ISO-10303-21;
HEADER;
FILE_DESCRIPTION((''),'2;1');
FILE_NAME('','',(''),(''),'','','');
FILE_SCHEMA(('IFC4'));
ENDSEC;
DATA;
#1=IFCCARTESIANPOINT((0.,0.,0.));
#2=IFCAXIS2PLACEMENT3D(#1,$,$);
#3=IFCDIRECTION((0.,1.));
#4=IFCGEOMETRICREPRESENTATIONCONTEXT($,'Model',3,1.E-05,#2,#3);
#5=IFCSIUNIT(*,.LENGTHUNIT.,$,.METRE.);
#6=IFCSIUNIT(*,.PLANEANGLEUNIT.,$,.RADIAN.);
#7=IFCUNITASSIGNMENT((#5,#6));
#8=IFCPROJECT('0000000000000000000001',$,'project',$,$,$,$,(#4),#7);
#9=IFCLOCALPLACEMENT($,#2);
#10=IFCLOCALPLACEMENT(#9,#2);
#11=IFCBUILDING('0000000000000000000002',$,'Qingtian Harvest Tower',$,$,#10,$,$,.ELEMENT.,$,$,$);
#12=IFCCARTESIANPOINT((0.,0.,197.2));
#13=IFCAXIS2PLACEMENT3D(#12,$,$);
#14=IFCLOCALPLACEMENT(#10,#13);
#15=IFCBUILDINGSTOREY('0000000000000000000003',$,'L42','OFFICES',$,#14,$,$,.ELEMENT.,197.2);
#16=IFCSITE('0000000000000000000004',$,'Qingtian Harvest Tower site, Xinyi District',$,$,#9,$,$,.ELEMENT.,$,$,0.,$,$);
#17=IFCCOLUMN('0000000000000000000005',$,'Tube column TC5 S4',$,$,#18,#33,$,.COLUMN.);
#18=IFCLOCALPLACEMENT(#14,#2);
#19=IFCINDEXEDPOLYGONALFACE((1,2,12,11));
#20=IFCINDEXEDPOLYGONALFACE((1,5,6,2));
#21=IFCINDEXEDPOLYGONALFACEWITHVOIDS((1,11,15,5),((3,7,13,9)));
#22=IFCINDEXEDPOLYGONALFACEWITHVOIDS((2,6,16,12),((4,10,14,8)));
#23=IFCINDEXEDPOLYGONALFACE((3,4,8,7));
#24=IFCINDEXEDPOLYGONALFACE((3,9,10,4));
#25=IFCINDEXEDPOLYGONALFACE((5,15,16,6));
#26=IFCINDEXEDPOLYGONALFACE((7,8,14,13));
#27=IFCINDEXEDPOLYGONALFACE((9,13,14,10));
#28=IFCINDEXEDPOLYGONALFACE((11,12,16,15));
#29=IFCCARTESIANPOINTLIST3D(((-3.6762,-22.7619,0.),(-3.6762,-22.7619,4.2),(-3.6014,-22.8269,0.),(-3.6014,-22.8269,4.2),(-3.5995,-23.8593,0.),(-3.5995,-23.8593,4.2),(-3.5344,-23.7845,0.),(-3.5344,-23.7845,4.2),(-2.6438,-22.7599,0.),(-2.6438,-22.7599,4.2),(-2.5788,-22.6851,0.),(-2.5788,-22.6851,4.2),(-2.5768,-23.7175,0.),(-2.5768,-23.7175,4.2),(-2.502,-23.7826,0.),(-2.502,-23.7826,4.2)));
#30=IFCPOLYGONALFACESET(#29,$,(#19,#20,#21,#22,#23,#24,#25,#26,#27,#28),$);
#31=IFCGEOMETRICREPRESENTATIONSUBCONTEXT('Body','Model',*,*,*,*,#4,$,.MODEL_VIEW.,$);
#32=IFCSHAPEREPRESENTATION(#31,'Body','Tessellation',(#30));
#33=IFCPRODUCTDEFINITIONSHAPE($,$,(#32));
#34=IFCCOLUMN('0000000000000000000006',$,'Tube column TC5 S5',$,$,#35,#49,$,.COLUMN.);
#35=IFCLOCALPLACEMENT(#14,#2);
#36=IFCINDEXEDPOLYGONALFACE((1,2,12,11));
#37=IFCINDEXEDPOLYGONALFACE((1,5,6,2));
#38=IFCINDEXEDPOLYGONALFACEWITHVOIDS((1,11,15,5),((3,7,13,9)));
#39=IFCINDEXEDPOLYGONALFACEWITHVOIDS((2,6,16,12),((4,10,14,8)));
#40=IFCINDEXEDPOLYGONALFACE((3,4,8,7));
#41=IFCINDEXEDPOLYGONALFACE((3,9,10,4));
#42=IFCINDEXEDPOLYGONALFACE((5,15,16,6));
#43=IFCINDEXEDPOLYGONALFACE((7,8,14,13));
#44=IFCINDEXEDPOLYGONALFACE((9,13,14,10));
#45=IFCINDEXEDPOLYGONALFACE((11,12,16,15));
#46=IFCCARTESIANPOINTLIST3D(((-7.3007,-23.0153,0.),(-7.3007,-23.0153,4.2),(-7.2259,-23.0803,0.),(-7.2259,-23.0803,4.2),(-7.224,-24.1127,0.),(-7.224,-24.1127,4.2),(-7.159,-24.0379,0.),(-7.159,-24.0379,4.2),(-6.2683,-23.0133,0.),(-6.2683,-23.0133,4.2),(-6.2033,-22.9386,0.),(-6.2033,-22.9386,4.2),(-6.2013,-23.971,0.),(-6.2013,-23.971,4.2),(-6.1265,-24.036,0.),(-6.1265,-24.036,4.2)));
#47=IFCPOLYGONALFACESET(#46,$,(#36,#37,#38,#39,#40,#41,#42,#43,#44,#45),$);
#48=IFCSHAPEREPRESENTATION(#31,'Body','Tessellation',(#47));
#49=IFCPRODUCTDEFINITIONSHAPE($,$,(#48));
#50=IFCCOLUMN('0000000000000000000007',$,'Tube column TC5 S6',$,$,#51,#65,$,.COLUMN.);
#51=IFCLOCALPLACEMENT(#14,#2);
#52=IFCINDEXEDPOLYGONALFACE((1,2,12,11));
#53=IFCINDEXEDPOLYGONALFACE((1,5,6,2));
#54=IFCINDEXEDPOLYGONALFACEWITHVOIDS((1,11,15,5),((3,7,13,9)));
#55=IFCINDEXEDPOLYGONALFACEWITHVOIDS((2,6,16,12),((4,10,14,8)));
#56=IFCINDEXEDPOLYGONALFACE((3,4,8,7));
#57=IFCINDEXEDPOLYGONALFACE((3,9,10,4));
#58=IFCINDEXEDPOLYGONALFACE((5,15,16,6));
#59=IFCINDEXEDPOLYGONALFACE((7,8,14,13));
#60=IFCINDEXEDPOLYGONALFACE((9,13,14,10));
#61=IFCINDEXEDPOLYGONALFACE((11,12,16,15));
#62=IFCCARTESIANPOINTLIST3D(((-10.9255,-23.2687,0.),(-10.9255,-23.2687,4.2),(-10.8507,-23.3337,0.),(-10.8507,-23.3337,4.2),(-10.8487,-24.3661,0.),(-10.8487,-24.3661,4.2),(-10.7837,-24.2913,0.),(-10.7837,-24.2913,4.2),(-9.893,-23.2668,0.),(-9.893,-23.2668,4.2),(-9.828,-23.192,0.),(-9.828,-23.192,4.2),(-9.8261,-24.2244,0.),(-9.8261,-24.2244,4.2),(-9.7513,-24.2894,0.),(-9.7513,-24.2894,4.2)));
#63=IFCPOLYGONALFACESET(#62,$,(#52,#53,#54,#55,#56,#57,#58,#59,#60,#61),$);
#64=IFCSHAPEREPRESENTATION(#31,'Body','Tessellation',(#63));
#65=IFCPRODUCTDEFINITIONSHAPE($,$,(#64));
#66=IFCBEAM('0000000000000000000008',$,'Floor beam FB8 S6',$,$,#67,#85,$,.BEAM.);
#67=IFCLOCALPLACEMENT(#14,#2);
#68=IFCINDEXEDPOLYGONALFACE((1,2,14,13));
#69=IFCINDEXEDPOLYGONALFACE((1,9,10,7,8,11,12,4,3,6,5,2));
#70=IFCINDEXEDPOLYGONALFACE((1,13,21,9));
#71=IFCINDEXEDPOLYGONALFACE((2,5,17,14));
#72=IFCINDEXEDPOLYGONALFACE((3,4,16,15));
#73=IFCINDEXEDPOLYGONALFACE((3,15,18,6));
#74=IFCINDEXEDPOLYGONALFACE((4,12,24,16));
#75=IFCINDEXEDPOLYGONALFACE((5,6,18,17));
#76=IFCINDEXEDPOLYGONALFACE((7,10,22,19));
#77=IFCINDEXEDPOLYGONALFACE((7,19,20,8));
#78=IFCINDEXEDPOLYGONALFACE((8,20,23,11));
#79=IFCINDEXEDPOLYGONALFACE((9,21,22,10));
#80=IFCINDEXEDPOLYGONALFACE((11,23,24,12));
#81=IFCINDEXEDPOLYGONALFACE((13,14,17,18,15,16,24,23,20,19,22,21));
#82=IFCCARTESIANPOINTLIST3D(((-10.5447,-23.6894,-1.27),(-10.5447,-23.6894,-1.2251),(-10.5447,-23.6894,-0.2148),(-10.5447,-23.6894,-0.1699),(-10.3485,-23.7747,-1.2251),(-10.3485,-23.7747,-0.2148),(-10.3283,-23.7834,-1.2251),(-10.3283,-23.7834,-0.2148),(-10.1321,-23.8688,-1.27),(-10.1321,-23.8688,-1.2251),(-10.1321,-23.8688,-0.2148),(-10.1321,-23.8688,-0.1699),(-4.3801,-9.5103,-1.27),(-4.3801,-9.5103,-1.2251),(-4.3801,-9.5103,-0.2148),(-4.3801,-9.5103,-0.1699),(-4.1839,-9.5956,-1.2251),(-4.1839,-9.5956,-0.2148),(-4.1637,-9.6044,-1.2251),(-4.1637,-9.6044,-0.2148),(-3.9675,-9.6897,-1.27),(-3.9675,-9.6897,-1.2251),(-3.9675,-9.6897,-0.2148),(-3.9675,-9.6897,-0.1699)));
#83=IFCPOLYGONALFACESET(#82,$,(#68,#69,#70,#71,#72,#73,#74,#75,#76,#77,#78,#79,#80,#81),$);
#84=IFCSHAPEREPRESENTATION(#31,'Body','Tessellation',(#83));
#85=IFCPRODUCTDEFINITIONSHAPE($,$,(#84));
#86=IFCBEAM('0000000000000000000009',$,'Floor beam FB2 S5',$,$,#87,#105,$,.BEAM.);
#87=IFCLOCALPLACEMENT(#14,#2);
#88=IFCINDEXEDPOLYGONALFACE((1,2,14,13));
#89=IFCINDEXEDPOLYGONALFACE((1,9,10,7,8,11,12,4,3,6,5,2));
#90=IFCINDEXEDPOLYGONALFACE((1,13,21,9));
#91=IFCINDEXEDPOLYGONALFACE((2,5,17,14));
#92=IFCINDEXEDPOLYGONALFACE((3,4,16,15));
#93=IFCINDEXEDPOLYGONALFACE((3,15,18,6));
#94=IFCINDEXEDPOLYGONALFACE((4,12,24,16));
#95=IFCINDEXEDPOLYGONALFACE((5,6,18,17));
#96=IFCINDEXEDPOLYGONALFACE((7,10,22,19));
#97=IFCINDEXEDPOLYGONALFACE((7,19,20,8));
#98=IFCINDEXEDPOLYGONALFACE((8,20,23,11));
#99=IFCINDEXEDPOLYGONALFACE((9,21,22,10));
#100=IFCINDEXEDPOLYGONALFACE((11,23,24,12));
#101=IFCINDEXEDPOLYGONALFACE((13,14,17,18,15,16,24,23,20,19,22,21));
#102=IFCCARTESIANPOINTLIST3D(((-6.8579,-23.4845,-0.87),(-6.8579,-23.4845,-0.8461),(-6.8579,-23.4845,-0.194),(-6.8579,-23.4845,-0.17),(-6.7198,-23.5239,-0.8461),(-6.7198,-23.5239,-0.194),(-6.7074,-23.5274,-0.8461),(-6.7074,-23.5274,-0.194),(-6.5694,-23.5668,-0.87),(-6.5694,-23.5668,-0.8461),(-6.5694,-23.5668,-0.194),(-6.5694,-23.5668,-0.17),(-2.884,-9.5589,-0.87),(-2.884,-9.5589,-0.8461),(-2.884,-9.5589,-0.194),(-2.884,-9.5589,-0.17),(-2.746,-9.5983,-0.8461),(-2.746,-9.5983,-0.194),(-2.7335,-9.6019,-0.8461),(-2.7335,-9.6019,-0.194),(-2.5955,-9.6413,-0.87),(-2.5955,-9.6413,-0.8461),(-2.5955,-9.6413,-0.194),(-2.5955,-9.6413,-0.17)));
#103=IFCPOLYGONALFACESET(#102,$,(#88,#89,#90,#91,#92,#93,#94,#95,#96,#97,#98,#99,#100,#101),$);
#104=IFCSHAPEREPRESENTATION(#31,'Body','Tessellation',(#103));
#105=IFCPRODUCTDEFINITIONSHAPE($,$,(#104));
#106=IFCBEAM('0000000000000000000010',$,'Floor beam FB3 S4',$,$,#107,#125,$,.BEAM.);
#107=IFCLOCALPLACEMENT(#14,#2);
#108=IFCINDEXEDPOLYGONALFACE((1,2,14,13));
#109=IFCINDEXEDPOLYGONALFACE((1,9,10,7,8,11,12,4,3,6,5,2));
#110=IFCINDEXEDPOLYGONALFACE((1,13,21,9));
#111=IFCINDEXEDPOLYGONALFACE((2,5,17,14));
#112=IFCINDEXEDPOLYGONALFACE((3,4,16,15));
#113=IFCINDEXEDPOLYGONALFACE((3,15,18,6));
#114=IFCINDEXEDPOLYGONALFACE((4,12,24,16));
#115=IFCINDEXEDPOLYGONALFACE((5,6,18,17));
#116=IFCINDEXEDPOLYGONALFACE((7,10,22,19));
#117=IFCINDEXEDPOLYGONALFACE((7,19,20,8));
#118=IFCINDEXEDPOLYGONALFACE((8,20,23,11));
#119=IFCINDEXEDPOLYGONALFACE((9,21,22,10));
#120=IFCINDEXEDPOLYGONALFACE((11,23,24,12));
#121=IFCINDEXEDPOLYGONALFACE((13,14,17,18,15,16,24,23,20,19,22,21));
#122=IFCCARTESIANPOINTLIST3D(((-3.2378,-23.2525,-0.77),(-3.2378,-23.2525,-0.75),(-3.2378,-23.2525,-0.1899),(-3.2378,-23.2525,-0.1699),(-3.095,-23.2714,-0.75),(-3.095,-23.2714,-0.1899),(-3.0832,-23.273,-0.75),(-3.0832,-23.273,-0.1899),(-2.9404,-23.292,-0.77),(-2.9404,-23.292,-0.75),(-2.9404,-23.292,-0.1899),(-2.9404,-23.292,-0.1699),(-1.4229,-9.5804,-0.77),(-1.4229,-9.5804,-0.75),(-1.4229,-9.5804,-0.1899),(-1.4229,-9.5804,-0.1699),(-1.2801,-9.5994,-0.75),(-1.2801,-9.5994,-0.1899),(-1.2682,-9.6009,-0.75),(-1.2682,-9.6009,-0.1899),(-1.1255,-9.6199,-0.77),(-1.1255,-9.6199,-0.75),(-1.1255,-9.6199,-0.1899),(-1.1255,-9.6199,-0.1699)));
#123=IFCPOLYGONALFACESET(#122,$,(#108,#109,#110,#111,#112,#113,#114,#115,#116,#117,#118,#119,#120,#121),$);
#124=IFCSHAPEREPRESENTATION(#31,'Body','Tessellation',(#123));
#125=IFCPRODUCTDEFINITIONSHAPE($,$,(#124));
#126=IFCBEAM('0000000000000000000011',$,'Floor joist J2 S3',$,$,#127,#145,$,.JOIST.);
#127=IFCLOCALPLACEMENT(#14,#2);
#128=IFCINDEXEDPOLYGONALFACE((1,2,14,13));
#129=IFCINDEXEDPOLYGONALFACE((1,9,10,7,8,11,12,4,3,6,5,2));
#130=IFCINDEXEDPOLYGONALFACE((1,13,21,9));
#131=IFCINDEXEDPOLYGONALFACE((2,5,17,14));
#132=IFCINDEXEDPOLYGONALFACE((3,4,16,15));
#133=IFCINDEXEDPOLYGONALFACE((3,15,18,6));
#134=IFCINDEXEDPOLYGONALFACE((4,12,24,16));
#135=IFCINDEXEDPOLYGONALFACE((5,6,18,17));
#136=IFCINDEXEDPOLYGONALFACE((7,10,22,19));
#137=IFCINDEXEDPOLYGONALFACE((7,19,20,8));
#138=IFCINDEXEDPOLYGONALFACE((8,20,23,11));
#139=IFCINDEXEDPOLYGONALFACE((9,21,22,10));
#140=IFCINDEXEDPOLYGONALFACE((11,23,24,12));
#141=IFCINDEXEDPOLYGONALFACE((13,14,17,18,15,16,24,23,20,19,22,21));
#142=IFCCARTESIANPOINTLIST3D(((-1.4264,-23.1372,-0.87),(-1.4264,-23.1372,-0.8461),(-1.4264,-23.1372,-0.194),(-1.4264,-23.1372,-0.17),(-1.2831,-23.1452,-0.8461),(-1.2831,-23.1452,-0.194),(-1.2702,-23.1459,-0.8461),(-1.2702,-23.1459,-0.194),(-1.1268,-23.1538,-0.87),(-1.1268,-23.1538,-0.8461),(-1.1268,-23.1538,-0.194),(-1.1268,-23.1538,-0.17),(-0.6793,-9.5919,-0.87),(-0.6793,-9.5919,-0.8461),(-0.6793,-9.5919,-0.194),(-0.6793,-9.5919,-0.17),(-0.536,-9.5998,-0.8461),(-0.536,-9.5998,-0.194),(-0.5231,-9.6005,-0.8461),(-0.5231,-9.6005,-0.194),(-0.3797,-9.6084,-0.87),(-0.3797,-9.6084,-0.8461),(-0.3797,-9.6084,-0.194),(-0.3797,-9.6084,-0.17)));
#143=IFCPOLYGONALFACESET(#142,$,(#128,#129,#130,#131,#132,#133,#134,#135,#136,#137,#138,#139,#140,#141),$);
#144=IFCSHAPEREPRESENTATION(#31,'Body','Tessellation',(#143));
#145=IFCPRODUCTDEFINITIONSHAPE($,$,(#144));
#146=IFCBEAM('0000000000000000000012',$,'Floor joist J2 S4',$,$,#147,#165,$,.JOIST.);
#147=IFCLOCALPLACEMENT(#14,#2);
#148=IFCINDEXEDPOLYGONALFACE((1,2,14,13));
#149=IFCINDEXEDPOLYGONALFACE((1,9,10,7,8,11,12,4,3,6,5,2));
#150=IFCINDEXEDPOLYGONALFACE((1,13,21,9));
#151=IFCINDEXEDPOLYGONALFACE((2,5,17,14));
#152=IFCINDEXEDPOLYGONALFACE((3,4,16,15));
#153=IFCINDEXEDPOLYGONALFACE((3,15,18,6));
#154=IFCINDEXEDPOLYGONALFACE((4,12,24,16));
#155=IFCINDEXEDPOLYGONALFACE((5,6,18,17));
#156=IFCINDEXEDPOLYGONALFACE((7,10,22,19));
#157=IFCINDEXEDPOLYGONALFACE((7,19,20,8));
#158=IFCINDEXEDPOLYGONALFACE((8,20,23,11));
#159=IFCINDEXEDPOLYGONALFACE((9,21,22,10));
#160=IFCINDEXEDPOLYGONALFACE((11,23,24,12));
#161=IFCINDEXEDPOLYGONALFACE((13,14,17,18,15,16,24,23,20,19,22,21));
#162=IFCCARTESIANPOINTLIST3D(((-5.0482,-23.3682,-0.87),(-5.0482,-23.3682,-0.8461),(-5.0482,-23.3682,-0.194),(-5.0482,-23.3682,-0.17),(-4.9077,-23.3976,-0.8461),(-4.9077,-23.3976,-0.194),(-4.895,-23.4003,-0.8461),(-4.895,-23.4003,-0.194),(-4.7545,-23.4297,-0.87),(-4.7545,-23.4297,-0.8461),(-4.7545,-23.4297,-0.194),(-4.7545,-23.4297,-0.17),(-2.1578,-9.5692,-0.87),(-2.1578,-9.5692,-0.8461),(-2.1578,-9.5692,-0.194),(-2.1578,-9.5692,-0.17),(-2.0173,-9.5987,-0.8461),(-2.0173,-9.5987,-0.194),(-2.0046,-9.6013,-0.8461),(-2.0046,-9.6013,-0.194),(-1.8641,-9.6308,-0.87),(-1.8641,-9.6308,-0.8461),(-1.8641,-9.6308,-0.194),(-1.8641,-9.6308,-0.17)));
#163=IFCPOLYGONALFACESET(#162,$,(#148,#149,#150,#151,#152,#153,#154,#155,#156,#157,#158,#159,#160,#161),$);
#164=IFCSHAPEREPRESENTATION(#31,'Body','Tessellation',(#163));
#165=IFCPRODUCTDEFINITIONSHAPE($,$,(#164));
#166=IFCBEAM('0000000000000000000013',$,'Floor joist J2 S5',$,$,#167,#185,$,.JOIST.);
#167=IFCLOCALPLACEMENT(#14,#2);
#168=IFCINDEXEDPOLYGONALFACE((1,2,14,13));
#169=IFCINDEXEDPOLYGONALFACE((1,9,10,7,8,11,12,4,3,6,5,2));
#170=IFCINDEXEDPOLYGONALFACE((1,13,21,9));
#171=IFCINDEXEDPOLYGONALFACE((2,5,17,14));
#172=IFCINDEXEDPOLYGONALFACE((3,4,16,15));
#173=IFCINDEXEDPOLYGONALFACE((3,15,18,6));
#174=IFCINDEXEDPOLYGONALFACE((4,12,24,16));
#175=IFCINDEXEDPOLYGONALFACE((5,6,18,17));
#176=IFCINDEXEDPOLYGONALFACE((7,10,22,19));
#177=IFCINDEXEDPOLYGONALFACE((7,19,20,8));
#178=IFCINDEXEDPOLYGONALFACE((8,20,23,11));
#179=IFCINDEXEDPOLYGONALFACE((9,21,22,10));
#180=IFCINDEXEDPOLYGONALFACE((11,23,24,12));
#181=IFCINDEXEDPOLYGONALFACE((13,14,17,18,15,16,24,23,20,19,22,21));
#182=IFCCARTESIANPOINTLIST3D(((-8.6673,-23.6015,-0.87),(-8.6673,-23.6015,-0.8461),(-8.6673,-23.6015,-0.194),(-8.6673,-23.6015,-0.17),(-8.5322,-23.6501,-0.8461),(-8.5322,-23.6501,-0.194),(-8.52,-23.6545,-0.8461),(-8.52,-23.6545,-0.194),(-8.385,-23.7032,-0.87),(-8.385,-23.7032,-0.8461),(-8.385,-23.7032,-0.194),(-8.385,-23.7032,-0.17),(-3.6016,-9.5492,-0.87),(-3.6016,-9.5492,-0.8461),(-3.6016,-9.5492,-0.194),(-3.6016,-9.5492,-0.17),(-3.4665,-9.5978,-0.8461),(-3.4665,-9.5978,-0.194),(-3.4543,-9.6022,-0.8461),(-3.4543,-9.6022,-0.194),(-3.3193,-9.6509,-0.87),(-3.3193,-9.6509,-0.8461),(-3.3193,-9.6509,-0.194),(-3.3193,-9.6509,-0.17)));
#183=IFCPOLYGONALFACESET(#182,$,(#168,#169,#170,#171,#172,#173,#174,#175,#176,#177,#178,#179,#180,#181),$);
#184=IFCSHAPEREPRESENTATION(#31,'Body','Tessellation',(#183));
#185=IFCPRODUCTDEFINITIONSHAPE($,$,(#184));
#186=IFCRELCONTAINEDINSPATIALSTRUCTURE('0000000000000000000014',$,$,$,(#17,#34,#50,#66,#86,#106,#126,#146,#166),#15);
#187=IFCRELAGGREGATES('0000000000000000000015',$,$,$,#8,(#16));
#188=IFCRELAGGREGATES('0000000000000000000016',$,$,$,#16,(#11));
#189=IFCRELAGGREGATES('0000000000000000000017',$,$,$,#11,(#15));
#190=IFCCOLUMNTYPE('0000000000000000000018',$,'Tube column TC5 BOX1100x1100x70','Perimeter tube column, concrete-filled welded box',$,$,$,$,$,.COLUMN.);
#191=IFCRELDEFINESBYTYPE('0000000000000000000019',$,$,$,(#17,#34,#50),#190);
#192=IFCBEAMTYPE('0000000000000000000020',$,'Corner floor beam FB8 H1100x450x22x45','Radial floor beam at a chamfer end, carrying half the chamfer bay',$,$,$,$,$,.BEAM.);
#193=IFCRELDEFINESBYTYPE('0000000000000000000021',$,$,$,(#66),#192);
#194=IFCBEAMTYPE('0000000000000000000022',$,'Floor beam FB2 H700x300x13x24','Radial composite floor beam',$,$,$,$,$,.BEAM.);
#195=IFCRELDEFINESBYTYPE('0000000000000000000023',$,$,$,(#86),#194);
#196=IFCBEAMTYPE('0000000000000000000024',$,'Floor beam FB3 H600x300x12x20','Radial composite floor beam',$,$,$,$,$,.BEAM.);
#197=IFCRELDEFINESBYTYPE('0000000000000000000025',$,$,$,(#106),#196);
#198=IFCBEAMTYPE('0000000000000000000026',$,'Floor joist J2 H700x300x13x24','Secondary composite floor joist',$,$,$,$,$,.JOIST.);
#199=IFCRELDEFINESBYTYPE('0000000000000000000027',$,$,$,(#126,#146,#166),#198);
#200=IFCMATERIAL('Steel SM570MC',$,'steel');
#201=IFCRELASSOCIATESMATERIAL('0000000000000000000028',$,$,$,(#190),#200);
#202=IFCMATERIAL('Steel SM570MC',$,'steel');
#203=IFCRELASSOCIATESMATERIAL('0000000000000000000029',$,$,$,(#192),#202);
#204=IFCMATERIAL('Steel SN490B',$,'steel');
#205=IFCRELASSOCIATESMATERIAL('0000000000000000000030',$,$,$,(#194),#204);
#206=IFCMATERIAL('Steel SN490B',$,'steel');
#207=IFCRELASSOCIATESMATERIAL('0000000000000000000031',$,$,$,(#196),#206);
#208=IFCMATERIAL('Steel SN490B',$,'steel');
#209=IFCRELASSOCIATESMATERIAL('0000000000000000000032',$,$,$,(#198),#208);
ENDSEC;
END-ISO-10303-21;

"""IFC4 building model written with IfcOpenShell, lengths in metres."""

from ifc_helpers import new_model, si_unit, direction, frame, origin, origin_2d, place, context, subcontext, project, spatial, hollow_rectangle, i_section, extrude, material, material_profile, profile_set, type_object, element, save


model = new_model("IFC4")

# Units and contexts
model_context = context("Model", 3, precision=1e-05, world=origin(), true_north=direction((0.0, 1.0)))
body_context = subcontext(model_context, "Body", "Model", "MODEL_VIEW")
ifc_project = project(units=[si_unit("LENGTHUNIT", "METRE"), si_unit("PLANEANGLEUNIT", "RADIAN")], contexts=[model_context])

# Site, building, storey
site_placement = place(None, origin())
site = spatial("IfcSite", under=ifc_project, at=site_placement, Name="Qingtian Harvest Tower site, Xinyi District", CompositionType="ELEMENT", RefElevation=0.0)
building_placement = place(site_placement, origin())
building = spatial("IfcBuilding", under=site, at=building_placement, Name="Qingtian Harvest Tower", CompositionType="ELEMENT")
storey_placement = place(building_placement, frame((0.0, 0.0, 197.2)))
storey = spatial("IfcBuildingStorey", under=building, at=storey_placement, Name="L42", Description="OFFICES", CompositionType="ELEMENT", Elevation=197.2)

# Columns
ifc_material_1 = material(Name="Steel SM570MC", Category="steel")
ifc_material_profile_1 = material_profile(ifc_material_1, hollow_rectangle(XDim=1.1001, YDim=1.1001, WallThickness=0.0701, at=origin_2d()), Name="BOX1100x1100x70")
ifc_profile_set_1 = profile_set([ifc_material_profile_1], Name="Steel SM570MC")
column_type = type_object("IfcColumnType", Name="Tube column TC5 BOX1100x1100x70", Description="Perimeter tube column, concrete-filled welded box", PredefinedType="COLUMN", material=ifc_profile_set_1)
for number, where, z_axis, x_axis, name in (
    (1, (-3.0891, -23.2722, 0.0), (0.0, 0.0, 1.0), (0.997564, 0.069756, 0.0), "Tube column TC5 S4"),
    (2, (-6.7136, -23.5256, 0.0), (0.0, 0.0, 1.0), (0.997564, 0.069756, 0.0), "Tube column TC5 S5"),
    (3, (-10.3384, -23.7791, 0.0), (0.0, 0.0, 1.0), (0.997564, 0.069756, 0.0), "Tube column TC5 S6"),
):
    element("IfcColumn", number, at=place(storey_placement, frame(where, z_axis=z_axis, x_axis=x_axis)), inside=storey, type_object=column_type, Name=name, PredefinedType="COLUMN", context=body_context, shape_type="SweptSolid", body=[
        extrude(hollow_rectangle(XDim=1.1001, YDim=1.1001, WallThickness=0.0701, at=origin_2d()), origin(), (0.0, 0.0, 1.0), 4.2),
    ])

# Beams
ifc_material_2 = material(Name="Steel SM570MC", Category="steel")
ifc_material_profile_2 = material_profile(ifc_material_2, i_section(OverallWidth=0.45, OverallDepth=1.1001, WebThickness=0.022, FlangeThickness=0.0449, at=origin_2d()), Name="H1100x450x22x45")
ifc_profile_set_2 = profile_set([ifc_material_profile_2], Name="Steel SM570MC")
beam_type_1 = type_object("IfcBeamType", Name="Corner floor beam FB8 H1100x450x22x45", Description="Radial floor beam at a chamfer end, carrying half the chamfer bay", PredefinedType="BEAM", material=ifc_profile_set_2)
beam_1_placement = place(storey_placement, frame((-10.3384, -23.7791, -0.72), z_axis=(0.398715, 0.917075, 0.0), x_axis=(-0.917075, 0.398715, 0.0)))
element("IfcBeam", 4, at=beam_1_placement, inside=storey, type_object=beam_type_1, Name="Floor beam FB8 S6", PredefinedType="BEAM", context=body_context, shape_type="SweptSolid", body=[
    extrude(i_section(OverallWidth=0.45, OverallDepth=1.1001, WebThickness=0.022, FlangeThickness=0.0449, at=origin_2d()), origin(), (0.0, 0.0, 1.0), 15.4612),
])
ifc_material_3 = material(Name="Steel SN490B", Category="steel")
ifc_material_profile_3 = material_profile(ifc_material_3, i_section(OverallWidth=0.3, OverallDepth=0.7, WebThickness=0.0129, FlangeThickness=0.0239, at=origin_2d()), Name="H700x300x13x24")
ifc_profile_set_3 = profile_set([ifc_material_profile_3], Name="Steel SN490B")
beam_type_2 = type_object("IfcBeamType", Name="Floor beam FB2 H700x300x13x24", Description="Radial composite floor beam", PredefinedType="BEAM", material=ifc_profile_set_3)
beam_2_placement = place(storey_placement, frame((-6.7136, -23.5256, -0.52), z_axis=(0.274412, 0.961612, 0.0), x_axis=(-0.961612, 0.274412, 0.0)))
element("IfcBeam", 5, at=beam_2_placement, inside=storey, type_object=beam_type_2, Name="Floor beam FB2 S5", PredefinedType="BEAM", context=body_context, shape_type="SweptSolid", body=[
    extrude(i_section(OverallWidth=0.3, OverallDepth=0.7, WebThickness=0.0129, FlangeThickness=0.0239, at=origin_2d()), origin(), (0.0, 0.0, 1.0), 14.4814),
])
ifc_material_4 = material(Name="Steel SN490B", Category="steel")
ifc_material_profile_4 = material_profile(ifc_material_4, i_section(OverallWidth=0.3, OverallDepth=0.6001, WebThickness=0.012, FlangeThickness=0.02, at=origin_2d()), Name="H600x300x12x20")
ifc_profile_set_4 = profile_set([ifc_material_profile_4], Name="Steel SN490B")
beam_type_3 = type_object("IfcBeamType", Name="Floor beam FB3 H600x300x12x20", Description="Radial composite floor beam", PredefinedType="BEAM", material=ifc_profile_set_4)
beam_3_placement = place(storey_placement, frame((-3.0891, -23.2722, -0.47), z_axis=(0.131593, 0.991304, 0.0), x_axis=(-0.991304, 0.131593, 0.0)))
element("IfcBeam", 6, at=beam_3_placement, inside=storey, type_object=beam_type_3, Name="Floor beam FB3 S4", PredefinedType="BEAM", context=body_context, shape_type="SweptSolid", body=[
    extrude(i_section(OverallWidth=0.3, OverallDepth=0.6001, WebThickness=0.012, FlangeThickness=0.02, at=origin_2d()), origin(), (0.0, 0.0, 1.0), 13.792),
])
ifc_material_5 = material(Name="Steel SN490B", Category="steel")
ifc_material_profile_5 = material_profile(ifc_material_5, i_section(OverallWidth=0.3, OverallDepth=0.7, WebThickness=0.0129, FlangeThickness=0.0239, at=origin_2d()), Name="H700x300x13x24")
ifc_profile_set_5 = profile_set([ifc_material_profile_5], Name="Steel SN490B")
beam_type_4 = type_object("IfcBeamType", Name="Floor joist J2 H700x300x13x24", Description="Secondary composite floor joist", PredefinedType="JOIST", material=ifc_profile_set_5)
beam_4_placement = place(storey_placement, frame((-1.2766, -23.1455, -0.52), z_axis=(0.055069, 0.998483, 0.0), x_axis=(-0.998483, 0.055069, 0.0)))
element("IfcBeam", 7, at=beam_4_placement, inside=storey, type_object=beam_type_4, Name="Floor joist J2 S3", PredefinedType="JOIST", context=body_context, shape_type="SweptSolid", body=[
    extrude(i_section(OverallWidth=0.3, OverallDepth=0.7, WebThickness=0.0129, FlangeThickness=0.0239, at=origin_2d()), origin(), (0.0, 0.0, 1.0), 13.5659),
])
beam_5_placement = place(storey_placement, frame((-4.9014, -23.3989, -0.52), z_axis=(0.205016, 0.978759, 0.0), x_axis=(-0.978759, 0.205016, 0.0)))
element("IfcBeam", 8, at=beam_5_placement, inside=storey, type_object=beam_type_4, Name="Floor joist J2 S4", PredefinedType="JOIST", context=body_context, shape_type="SweptSolid", body=[
    extrude(i_section(OverallWidth=0.3, OverallDepth=0.7, WebThickness=0.0129, FlangeThickness=0.0239, at=origin_2d()), origin(), (0.0, 0.0, 1.0), 14.0984),
])
beam_6_placement = place(storey_placement, frame((-8.5261, -23.6523, -0.52), z_axis=(0.339126, 0.940741, 0.0), x_axis=(-0.940741, 0.339126, 0.0)))
element("IfcBeam", 9, at=beam_6_placement, inside=storey, type_object=beam_type_4, Name="Floor joist J2 S5", PredefinedType="JOIST", context=body_context, shape_type="SweptSolid", body=[
    extrude(i_section(OverallWidth=0.3, OverallDepth=0.7, WebThickness=0.0129, FlangeThickness=0.0239, at=origin_2d()), origin(), (0.0, 0.0, 1.0), 14.9375),
])

save(model, "model.ifc")
